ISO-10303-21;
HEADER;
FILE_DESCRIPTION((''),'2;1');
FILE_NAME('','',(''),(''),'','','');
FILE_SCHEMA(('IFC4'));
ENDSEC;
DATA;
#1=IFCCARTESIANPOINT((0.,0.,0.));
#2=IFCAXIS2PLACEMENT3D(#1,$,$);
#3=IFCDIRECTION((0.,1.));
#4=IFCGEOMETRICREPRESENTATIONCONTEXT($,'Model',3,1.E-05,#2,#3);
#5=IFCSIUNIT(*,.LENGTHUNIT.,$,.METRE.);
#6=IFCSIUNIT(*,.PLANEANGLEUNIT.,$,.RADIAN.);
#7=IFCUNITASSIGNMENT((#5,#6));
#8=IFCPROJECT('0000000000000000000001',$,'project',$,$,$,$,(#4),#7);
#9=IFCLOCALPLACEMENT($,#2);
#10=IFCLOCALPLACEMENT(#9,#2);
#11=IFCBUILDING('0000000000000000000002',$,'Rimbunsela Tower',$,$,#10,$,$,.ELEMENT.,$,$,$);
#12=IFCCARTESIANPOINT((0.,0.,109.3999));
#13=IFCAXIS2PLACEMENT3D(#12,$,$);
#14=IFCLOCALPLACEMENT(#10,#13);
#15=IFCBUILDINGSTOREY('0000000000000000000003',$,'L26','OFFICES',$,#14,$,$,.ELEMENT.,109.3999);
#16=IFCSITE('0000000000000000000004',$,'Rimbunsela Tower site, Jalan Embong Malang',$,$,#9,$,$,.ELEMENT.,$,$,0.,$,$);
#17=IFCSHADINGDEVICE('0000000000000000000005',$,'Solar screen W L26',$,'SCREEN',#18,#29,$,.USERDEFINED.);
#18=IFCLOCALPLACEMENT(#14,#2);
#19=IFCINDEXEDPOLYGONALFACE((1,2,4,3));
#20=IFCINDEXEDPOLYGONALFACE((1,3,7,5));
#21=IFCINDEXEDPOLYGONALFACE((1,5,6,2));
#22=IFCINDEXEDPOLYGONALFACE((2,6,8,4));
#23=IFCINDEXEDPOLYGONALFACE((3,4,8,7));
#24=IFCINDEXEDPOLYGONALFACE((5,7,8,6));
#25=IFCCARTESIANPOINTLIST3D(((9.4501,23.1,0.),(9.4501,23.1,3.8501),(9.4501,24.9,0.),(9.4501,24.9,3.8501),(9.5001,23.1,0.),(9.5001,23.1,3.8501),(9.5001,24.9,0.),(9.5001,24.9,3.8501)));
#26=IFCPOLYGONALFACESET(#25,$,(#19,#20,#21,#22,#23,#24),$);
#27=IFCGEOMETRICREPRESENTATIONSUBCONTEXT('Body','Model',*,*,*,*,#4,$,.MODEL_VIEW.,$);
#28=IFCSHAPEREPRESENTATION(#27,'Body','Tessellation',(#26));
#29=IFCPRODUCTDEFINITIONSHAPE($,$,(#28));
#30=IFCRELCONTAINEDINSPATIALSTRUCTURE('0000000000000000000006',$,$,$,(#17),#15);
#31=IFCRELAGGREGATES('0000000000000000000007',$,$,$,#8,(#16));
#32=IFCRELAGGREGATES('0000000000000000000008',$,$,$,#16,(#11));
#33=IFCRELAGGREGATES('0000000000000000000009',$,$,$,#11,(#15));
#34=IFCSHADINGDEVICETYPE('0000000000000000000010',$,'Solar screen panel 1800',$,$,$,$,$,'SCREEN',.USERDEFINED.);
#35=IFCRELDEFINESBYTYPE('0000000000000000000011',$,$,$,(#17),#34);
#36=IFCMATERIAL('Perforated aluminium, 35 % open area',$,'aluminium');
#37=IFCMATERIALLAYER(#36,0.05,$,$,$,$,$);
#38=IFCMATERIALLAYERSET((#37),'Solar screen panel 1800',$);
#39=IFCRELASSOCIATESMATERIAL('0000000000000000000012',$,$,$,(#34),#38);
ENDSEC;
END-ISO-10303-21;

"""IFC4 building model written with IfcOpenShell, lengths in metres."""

from ifc_helpers import new_model, si_unit, direction, frame, origin, origin_2d, place, context, subcontext, project, spatial, rectangle, extrude, material, layer, layer_set, type_object, element, save


model = new_model("IFC4")

# Units and contexts
model_context = context("Model", 3, precision=1e-05, world=origin(), true_north=direction((0.0, 1.0)))
body_context = subcontext(model_context, "Body", "Model", "MODEL_VIEW")
ifc_project = project(units=[si_unit("LENGTHUNIT", "METRE"), si_unit("PLANEANGLEUNIT", "RADIAN")], contexts=[model_context])

# Site, building, storey
site_placement = place(None, origin())
site = spatial("IfcSite", under=ifc_project, at=site_placement, Name="Rimbunsela Tower site, Jalan Embong Malang", CompositionType="ELEMENT", RefElevation=0.0)
building_placement = place(site_placement, origin())
building = spatial("IfcBuilding", under=site, at=building_placement, Name="Rimbunsela Tower", CompositionType="ELEMENT")
storey_placement = place(building_placement, frame((0.0, 0.0, 109.3999)))
storey = spatial("IfcBuildingStorey", under=building, at=storey_placement, Name="L26", Description="OFFICES", CompositionType="ELEMENT", Elevation=109.3999)

# Shading device
ifc_material_1 = material(Name="Perforated aluminium, 35 % open area", Category="aluminium")
ifc_layer_1 = layer(ifc_material_1, 0.05)
ifc_layer_set_1 = layer_set([ifc_layer_1], Name="Solar screen panel 1800")
shading_device_type = type_object("IfcShadingDeviceType", Name="Solar screen panel 1800", ElementType="SCREEN", PredefinedType="USERDEFINED", material=ifc_layer_set_1)
for number, where, z_axis, x_axis, name in (
    (1, (9.4751, 24.0, 0.0), (0.0, 0.0, 1.0), (0.0, 1.0, 0.0), "Solar screen W L26"),
):
    element("IfcShadingDevice", number, at=place(storey_placement, frame(where, z_axis=z_axis, x_axis=x_axis)), inside=storey, type_object=shading_device_type, Name=name, ObjectType="SCREEN", PredefinedType="USERDEFINED", context=body_context, shape_type="SweptSolid", body=[
        extrude(rectangle(XDim=1.8, YDim=0.05, at=origin_2d()), origin(), (0.0, 0.0, 1.0), 3.8501),
    ])

save(model, "model.ifc")
